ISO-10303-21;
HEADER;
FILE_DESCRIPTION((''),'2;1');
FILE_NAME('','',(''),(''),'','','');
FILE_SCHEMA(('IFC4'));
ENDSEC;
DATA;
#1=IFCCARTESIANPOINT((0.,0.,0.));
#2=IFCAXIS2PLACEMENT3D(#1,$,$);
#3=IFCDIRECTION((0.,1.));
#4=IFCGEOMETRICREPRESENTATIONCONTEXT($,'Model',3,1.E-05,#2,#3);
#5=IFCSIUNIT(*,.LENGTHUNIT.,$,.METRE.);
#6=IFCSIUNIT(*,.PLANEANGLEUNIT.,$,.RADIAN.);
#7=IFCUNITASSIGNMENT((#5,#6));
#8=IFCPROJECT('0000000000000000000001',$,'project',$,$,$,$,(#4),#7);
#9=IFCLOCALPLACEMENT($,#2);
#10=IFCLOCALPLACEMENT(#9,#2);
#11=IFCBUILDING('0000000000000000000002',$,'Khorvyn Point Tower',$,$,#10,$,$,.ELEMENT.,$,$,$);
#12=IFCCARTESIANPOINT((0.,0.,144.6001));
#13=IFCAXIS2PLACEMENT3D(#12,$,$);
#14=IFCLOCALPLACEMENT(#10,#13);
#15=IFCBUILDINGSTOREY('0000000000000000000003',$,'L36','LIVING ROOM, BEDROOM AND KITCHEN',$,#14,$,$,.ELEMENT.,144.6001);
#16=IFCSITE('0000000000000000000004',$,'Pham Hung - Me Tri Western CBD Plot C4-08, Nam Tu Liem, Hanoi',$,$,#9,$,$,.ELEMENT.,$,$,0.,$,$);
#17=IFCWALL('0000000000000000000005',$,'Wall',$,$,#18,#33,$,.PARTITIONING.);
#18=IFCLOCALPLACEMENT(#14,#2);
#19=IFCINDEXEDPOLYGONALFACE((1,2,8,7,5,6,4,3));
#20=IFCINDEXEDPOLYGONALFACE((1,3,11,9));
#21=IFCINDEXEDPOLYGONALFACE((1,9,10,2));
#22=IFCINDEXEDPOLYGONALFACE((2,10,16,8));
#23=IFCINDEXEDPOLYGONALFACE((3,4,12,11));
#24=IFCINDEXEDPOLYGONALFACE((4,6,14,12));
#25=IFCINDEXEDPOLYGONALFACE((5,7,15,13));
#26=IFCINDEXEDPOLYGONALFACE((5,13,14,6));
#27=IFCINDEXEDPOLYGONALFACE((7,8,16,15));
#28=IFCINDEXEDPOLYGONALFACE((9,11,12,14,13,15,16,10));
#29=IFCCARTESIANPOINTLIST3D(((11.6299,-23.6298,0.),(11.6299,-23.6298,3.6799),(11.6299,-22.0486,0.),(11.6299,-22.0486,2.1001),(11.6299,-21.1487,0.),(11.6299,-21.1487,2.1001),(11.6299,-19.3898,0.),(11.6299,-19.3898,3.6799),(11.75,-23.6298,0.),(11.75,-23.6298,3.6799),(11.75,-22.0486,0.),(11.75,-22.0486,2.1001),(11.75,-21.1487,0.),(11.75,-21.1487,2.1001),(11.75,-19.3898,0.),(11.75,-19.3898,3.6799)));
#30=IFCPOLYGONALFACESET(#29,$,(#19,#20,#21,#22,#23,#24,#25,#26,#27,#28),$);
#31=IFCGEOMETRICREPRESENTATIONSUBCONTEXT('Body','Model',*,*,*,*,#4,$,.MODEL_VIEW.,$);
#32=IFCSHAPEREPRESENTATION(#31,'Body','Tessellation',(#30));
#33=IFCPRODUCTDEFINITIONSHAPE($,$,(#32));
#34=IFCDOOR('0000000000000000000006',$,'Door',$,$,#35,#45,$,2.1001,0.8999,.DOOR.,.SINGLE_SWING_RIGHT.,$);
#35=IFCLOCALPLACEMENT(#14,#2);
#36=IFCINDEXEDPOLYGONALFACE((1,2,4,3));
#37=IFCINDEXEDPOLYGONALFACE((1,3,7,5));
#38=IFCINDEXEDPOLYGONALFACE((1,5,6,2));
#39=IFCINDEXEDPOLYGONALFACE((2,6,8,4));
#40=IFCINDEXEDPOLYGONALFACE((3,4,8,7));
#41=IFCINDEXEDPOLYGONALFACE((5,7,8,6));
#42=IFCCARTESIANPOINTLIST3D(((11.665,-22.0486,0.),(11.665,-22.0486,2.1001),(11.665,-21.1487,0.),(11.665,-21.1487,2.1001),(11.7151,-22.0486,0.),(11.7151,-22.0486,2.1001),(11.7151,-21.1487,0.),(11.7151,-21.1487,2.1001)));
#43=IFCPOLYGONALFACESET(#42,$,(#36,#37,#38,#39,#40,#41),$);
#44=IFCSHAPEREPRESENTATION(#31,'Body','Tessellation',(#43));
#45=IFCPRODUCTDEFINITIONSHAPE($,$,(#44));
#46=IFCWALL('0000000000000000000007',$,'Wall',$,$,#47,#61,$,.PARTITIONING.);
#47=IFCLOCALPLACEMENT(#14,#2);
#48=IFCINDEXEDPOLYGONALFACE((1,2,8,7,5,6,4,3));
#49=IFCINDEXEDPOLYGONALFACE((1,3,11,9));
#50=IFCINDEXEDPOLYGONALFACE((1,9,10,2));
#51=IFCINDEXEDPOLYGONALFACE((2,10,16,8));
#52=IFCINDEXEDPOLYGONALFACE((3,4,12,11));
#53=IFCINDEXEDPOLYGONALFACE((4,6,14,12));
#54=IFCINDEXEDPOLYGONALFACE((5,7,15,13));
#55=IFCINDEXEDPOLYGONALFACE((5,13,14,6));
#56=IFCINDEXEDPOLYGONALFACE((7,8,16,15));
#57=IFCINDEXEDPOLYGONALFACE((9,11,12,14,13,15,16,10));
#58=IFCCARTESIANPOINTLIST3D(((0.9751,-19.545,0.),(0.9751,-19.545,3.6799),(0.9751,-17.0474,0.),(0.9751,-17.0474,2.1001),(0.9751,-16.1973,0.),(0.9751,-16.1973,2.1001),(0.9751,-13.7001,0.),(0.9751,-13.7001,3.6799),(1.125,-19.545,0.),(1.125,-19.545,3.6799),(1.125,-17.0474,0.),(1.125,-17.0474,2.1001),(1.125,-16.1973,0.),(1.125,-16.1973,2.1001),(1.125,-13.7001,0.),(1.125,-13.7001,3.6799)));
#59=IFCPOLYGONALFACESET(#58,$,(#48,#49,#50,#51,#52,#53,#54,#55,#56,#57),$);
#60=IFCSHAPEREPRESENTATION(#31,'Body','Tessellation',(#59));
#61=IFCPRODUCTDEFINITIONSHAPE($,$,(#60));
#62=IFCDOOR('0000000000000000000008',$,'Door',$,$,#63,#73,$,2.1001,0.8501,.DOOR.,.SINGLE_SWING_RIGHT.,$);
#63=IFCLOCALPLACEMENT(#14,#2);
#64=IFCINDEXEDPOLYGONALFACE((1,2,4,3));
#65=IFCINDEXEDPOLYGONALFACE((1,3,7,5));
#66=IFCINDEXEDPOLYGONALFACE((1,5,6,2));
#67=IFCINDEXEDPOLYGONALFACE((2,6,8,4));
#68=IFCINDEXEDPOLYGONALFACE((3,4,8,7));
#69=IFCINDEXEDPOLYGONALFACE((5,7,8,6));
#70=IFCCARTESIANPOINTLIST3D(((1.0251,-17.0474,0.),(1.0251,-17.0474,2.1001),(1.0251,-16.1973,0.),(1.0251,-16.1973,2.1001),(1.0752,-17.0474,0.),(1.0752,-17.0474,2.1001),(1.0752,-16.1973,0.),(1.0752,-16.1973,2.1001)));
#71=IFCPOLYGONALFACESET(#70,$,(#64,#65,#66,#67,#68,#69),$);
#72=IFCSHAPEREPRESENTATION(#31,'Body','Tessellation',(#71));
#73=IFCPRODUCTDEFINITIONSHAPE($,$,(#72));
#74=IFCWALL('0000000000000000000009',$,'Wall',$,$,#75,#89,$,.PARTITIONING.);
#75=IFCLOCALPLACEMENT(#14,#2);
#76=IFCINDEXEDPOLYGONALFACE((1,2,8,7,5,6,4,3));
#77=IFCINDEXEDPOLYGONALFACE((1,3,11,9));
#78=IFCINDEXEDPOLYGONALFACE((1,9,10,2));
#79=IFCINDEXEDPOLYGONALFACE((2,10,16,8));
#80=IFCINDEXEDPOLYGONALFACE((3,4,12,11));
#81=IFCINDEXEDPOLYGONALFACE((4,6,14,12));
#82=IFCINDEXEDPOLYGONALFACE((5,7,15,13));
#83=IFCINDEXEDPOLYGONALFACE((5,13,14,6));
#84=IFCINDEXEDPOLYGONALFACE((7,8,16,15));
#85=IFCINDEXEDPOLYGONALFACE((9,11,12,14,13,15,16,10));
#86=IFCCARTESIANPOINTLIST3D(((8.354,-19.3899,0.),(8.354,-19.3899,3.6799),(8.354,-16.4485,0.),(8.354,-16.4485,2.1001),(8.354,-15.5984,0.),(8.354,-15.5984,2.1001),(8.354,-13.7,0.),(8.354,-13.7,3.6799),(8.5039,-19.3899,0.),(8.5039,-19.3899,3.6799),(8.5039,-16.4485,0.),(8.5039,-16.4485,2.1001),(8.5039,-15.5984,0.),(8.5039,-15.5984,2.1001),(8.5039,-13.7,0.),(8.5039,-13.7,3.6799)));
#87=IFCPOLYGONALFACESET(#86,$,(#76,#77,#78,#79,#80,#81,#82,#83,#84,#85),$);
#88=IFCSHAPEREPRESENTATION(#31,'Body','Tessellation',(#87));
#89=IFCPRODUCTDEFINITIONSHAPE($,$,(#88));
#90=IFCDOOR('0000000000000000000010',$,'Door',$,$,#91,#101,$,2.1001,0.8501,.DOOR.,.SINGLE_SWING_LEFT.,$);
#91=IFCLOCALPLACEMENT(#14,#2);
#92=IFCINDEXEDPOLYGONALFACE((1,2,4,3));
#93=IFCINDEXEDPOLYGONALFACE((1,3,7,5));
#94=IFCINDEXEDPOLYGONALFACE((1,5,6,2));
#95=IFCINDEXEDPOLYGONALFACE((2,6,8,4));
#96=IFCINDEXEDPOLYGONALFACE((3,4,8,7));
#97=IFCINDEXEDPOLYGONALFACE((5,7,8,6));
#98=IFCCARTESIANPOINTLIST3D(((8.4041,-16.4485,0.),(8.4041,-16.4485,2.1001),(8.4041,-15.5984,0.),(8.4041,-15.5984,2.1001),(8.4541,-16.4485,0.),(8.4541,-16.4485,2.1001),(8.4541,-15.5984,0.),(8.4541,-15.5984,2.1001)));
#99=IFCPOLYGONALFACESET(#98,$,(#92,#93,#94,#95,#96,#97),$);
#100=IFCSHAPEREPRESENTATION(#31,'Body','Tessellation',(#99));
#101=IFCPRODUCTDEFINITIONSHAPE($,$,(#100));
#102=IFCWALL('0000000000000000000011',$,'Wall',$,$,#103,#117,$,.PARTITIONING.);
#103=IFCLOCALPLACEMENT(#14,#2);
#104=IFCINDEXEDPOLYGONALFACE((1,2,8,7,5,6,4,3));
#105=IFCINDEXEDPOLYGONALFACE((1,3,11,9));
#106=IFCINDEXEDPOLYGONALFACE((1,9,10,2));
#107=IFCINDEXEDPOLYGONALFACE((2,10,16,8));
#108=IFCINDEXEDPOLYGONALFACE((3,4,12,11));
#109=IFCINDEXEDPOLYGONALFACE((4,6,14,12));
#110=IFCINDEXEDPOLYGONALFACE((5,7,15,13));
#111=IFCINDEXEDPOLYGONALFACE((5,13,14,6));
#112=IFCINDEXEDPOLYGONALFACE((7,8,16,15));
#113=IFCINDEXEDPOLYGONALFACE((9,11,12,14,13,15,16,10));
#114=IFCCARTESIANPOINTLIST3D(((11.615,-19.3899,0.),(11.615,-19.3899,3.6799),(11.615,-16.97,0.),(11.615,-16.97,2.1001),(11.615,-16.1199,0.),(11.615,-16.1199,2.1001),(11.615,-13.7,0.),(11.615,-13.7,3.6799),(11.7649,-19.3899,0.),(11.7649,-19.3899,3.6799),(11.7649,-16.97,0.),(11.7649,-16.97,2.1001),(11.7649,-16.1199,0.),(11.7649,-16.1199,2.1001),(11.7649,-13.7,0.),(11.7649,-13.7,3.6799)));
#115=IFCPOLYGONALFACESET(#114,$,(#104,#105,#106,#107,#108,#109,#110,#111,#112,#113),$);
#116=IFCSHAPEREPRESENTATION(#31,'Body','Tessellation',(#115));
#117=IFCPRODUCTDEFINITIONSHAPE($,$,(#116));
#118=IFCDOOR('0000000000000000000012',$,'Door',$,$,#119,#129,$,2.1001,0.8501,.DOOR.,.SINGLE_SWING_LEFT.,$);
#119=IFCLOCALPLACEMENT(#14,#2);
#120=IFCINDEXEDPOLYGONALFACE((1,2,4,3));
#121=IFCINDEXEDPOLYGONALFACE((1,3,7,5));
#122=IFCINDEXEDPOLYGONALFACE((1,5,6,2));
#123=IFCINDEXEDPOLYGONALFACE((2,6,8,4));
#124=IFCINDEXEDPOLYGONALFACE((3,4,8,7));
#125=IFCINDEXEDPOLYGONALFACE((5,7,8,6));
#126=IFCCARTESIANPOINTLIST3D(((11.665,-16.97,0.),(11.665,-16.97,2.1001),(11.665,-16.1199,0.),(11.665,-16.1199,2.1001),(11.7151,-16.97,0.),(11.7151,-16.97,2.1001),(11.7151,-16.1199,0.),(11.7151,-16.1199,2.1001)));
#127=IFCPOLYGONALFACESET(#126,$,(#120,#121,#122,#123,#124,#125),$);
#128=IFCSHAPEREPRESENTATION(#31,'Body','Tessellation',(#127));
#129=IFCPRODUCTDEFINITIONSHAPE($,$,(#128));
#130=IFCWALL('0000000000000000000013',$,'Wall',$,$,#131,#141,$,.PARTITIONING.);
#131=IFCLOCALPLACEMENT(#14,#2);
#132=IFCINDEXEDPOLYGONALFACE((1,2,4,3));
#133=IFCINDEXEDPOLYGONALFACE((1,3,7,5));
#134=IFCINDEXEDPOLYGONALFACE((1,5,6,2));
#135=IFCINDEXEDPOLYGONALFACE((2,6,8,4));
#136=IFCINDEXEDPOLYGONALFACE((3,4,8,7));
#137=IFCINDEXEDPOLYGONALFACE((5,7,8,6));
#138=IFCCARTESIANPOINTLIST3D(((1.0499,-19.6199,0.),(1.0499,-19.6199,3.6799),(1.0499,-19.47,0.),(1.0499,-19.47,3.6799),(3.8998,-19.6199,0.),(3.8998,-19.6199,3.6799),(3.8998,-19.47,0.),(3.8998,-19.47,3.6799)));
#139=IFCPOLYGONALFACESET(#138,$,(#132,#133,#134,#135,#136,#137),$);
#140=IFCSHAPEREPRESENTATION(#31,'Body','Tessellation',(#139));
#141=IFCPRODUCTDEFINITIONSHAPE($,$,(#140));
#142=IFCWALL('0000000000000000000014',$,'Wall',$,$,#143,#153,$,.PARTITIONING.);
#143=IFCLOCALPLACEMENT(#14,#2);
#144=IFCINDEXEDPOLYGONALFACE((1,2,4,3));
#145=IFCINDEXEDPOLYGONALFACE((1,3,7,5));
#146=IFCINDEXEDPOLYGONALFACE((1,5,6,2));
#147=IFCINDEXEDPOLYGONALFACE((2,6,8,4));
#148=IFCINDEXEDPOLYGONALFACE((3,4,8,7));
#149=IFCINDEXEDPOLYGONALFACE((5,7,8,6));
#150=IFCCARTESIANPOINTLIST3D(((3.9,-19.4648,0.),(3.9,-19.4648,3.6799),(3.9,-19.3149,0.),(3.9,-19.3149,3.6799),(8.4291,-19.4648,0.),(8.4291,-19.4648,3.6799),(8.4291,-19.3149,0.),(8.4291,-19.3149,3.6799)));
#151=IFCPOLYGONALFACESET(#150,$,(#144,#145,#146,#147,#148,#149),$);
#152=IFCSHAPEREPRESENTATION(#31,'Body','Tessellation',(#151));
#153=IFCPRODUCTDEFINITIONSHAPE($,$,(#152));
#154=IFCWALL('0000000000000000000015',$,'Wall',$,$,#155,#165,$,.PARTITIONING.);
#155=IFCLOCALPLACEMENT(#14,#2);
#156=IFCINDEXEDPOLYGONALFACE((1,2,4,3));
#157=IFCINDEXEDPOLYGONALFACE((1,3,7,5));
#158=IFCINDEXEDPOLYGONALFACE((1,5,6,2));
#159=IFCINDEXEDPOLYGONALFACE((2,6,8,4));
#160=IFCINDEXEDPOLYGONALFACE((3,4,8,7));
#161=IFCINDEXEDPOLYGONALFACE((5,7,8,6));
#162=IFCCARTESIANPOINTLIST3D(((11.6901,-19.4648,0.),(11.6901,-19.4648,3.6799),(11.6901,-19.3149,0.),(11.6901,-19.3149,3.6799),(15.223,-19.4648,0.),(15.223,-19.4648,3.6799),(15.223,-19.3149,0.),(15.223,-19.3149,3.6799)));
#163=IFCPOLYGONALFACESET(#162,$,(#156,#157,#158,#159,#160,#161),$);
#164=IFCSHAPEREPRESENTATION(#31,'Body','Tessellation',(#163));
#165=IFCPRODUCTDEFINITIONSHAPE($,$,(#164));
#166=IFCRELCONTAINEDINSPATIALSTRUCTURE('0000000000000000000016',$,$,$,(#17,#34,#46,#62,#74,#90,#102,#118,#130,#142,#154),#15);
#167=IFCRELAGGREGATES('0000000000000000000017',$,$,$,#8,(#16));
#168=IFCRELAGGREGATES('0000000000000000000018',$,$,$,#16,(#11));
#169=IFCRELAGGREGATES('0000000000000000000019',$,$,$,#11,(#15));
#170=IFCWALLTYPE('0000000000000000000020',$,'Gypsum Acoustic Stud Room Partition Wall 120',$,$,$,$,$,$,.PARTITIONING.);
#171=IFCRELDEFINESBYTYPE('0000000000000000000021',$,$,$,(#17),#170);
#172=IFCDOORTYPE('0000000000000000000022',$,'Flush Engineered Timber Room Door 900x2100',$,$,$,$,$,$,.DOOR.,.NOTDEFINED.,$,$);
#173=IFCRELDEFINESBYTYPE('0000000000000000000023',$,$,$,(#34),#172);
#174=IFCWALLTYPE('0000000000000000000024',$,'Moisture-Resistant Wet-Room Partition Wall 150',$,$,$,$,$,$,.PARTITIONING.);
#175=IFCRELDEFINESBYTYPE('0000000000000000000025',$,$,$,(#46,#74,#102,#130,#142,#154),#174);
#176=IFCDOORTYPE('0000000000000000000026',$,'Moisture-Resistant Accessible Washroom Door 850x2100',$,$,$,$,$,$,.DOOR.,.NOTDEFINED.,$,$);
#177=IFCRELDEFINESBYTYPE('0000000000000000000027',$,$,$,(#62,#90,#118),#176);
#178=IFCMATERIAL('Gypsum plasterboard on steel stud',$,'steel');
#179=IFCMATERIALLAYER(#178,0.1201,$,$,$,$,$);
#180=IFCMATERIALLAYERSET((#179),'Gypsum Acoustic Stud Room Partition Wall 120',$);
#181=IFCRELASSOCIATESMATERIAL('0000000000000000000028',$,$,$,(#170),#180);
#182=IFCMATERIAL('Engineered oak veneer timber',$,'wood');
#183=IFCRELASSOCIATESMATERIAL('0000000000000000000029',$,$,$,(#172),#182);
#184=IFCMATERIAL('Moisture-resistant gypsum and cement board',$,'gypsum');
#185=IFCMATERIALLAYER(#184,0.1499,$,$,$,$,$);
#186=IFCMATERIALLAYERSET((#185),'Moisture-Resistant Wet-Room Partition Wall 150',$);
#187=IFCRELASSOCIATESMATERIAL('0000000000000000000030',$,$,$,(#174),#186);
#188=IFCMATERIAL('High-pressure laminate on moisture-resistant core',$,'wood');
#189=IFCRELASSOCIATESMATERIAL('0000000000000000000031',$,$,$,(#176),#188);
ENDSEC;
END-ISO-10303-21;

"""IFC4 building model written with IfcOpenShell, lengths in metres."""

from ifc_helpers import new_model, si_unit, direction, frame, frame_2d, origin, place, context, subcontext, project, spatial, rectangle, extrude, material, layer, layer_set, type_object, element, fill, save


model = new_model("IFC4")

# Units and contexts
model_context = context("Model", 3, precision=1e-05, world=origin(), true_north=direction((0.0, 1.0)))
body_context = subcontext(model_context, "Body", "Model", "MODEL_VIEW")
ifc_project = project(units=[si_unit("LENGTHUNIT", "METRE"), si_unit("PLANEANGLEUNIT", "RADIAN")], contexts=[model_context])

# Site, building, storey
site_placement = place(None, origin())
site = spatial("IfcSite", under=ifc_project, at=site_placement, Name="Pham Hung - Me Tri Western CBD Plot C4-08, Nam Tu Liem, Hanoi", CompositionType="ELEMENT", RefElevation=0.0)
building_placement = place(site_placement, origin())
building = spatial("IfcBuilding", under=site, at=building_placement, Name="Khorvyn Point Tower", CompositionType="ELEMENT")
storey_placement = place(building_placement, frame((0.0, 0.0, 144.6001)))
storey = spatial("IfcBuildingStorey", under=building, at=storey_placement, Name="L36", Description="LIVING ROOM, BEDROOM AND KITCHEN", CompositionType="ELEMENT", Elevation=144.6001)

# Walls, openings, doors
ifc_material_1 = material(Name="Gypsum plasterboard on steel stud", Category="steel")
ifc_layer_1 = layer(ifc_material_1, 0.1201)
ifc_layer_set_1 = layer_set([ifc_layer_1], Name="Gypsum Acoustic Stud Room Partition Wall 120")
wall_type_1 = type_object("IfcWallType", Name="Gypsum Acoustic Stud Room Partition Wall 120", PredefinedType="PARTITIONING", material=ifc_layer_set_1)
ifc_material_2 = material(Name="Engineered oak veneer timber", Category="wood")
door_type_1 = type_object("IfcDoorType", Name="Flush Engineered Timber Room Door 900x2100", OperationType="NOTDEFINED", PredefinedType="DOOR", material=ifc_material_2)
wall_1_placement = place(storey_placement, frame((11.6899, -23.6299, 0.0), z_axis=(0.0, 0.0, 1.0), x_axis=(0.0, 1.0, 0.0)))
wall_1 = element("IfcWall", 1, at=wall_1_placement, inside=storey, type_object=wall_type_1, Name="Wall", PredefinedType="PARTITIONING", context=body_context, shape_type="SweptSolid", body=[
    extrude(rectangle(XDim=4.24, YDim=0.1201, at=frame_2d((2.1201, 0.0))), origin(), (0.0, 0.0, 1.0), 3.6799),
])
opening_1_placement = place(wall_1_placement, frame((1.5813, 0.0, 0.0)))
opening_1 = element("IfcOpeningElement", 2, at=opening_1_placement, cuts=wall_1, PredefinedType="OPENING", context=body_context, shape_type="SweptSolid", body=[
    extrude(rectangle(XDim=0.8999, YDim=2.1001, at=frame_2d((0.45, 1.05))), frame((0.0, 0.0701, 0.0), z_axis=(0.0, -1.0, 0.0), x_axis=(1.0, 0.0, 0.0)), (0.0, 0.0, 1.0), 0.1401),
])
door_1_placement = place(opening_1_placement, origin())
door_1 = element("IfcDoor", 3, at=door_1_placement, inside=storey, type_object=door_type_1, Name="Door", OperationType="SINGLE_SWING_RIGHT", OverallHeight=2.1001, OverallWidth=0.8999, PredefinedType="DOOR", context=body_context, shape_type="SweptSolid", body=[
    extrude(rectangle(XDim=0.8999, YDim=2.1001, at=frame_2d((0.45, 1.05))), frame((0.0, 0.0249, 0.0), z_axis=(0.0, -1.0, 0.0), x_axis=(1.0, 0.0, 0.0)), (0.0, 0.0, 1.0), 0.05),
])
fill(opening_1, door_1)
ifc_material_3 = material(Name="Moisture-resistant gypsum and cement board", Category="gypsum")
ifc_layer_2 = layer(ifc_material_3, 0.1499)
ifc_layer_set_2 = layer_set([ifc_layer_2], Name="Moisture-Resistant Wet-Room Partition Wall 150")
wall_type_2 = type_object("IfcWallType", Name="Moisture-Resistant Wet-Room Partition Wall 150", PredefinedType="PARTITIONING", material=ifc_layer_set_2)
wall_2_placement = place(storey_placement, frame((1.05, -19.5449, 0.0), z_axis=(0.0, 0.0, 1.0), x_axis=(0.0, 1.0, 0.0)))
wall_2 = element("IfcWall", 4, at=wall_2_placement, inside=storey, type_object=wall_type_2, Name="Wall", PredefinedType="PARTITIONING", context=body_context, shape_type="SweptSolid", body=[
    extrude(rectangle(XDim=5.845, YDim=0.1499, at=frame_2d((2.9224, 0.0))), origin(), (0.0, 0.0, 1.0), 3.6799),
])
opening_2_placement = place(wall_2_placement, frame((2.4976, 0.0, 0.0)))
opening_2 = element("IfcOpeningElement", 5, at=opening_2_placement, cuts=wall_2, PredefinedType="OPENING", context=body_context, shape_type="SweptSolid", body=[
    extrude(rectangle(XDim=0.8501, YDim=2.1001, at=frame_2d((0.425, 1.05))), frame((0.0, 0.085, 0.0), z_axis=(0.0, -1.0, 0.0), x_axis=(1.0, 0.0, 0.0)), (0.0, 0.0, 1.0), 0.1699),
])
ifc_material_4 = material(Name="High-pressure laminate on moisture-resistant core", Category="wood")
door_type_2 = type_object("IfcDoorType", Name="Moisture-Resistant Accessible Washroom Door 850x2100", OperationType="NOTDEFINED", PredefinedType="DOOR", material=ifc_material_4)
door_2_placement = place(opening_2_placement, origin())
door_2 = element("IfcDoor", 6, at=door_2_placement, inside=storey, type_object=door_type_2, Name="Door", OperationType="SINGLE_SWING_RIGHT", OverallHeight=2.1001, OverallWidth=0.8501, PredefinedType="DOOR", context=body_context, shape_type="SweptSolid", body=[
    extrude(rectangle(XDim=0.8501, YDim=2.1001, at=frame_2d((0.425, 1.05))), frame((0.0, 0.0249, 0.0), z_axis=(0.0, -1.0, 0.0), x_axis=(1.0, 0.0, 0.0)), (0.0, 0.0, 1.0), 0.05),
])
fill(opening_2, door_2)
wall_3_placement = place(storey_placement, frame((8.429, -19.3899, 0.0), z_axis=(0.0, 0.0, 1.0), x_axis=(0.0, 1.0, 0.0)))
wall_3 = element("IfcWall", 7, at=wall_3_placement, inside=storey, type_object=wall_type_2, Name="Wall", PredefinedType="PARTITIONING", context=body_context, shape_type="SweptSolid", body=[
    extrude(rectangle(XDim=5.6899, YDim=0.1499, at=frame_2d((2.845, 0.0))), origin(), (0.0, 0.0, 1.0), 3.6799),
])
opening_3_placement = place(wall_3_placement, frame((2.9414, 0.0, 0.0)))
opening_3 = element("IfcOpeningElement", 8, at=opening_3_placement, cuts=wall_3, PredefinedType="OPENING", context=body_context, shape_type="SweptSolid", body=[
    extrude(rectangle(XDim=0.8501, YDim=2.1001, at=frame_2d((0.425, 1.05))), frame((0.0, 0.085, 0.0), z_axis=(0.0, -1.0, 0.0), x_axis=(1.0, 0.0, 0.0)), (0.0, 0.0, 1.0), 0.1699),
])
door_3_placement = place(opening_3_placement, origin())
door_3 = element("IfcDoor", 9, at=door_3_placement, inside=storey, type_object=door_type_2, Name="Door", OperationType="SINGLE_SWING_LEFT", OverallHeight=2.1001, OverallWidth=0.8501, PredefinedType="DOOR", context=body_context, shape_type="SweptSolid", body=[
    extrude(rectangle(XDim=0.8501, YDim=2.1001, at=frame_2d((0.425, 1.05))), frame((0.0, 0.0249, 0.0), z_axis=(0.0, -1.0, 0.0), x_axis=(1.0, 0.0, 0.0)), (0.0, 0.0, 1.0), 0.05),
])
fill(opening_3, door_3)
wall_4_placement = place(storey_placement, frame((11.6899, -19.3899, 0.0), z_axis=(0.0, 0.0, 1.0), x_axis=(0.0, 1.0, 0.0)))
wall_4 = element("IfcWall", 10, at=wall_4_placement, inside=storey, type_object=wall_type_2, Name="Wall", PredefinedType="PARTITIONING", context=body_context, shape_type="SweptSolid", body=[
    extrude(rectangle(XDim=5.6899, YDim=0.1499, at=frame_2d((2.845, 0.0))), origin(), (0.0, 0.0, 1.0), 3.6799),
])
opening_4_placement = place(wall_4_placement, frame((2.4199, 0.0, 0.0)))
opening_4 = element("IfcOpeningElement", 11, at=opening_4_placement, cuts=wall_4, PredefinedType="OPENING", context=body_context, shape_type="SweptSolid", body=[
    extrude(rectangle(XDim=0.8501, YDim=2.1001, at=frame_2d((0.425, 1.05))), frame((0.0, 0.085, 0.0), z_axis=(0.0, -1.0, 0.0), x_axis=(1.0, 0.0, 0.0)), (0.0, 0.0, 1.0), 0.1699),
])
door_4_placement = place(opening_4_placement, origin())
door_4 = element("IfcDoor", 12, at=door_4_placement, inside=storey, type_object=door_type_2, Name="Door", OperationType="SINGLE_SWING_LEFT", OverallHeight=2.1001, OverallWidth=0.8501, PredefinedType="DOOR", context=body_context, shape_type="SweptSolid", body=[
    extrude(rectangle(XDim=0.8501, YDim=2.1001, at=frame_2d((0.425, 1.05))), frame((0.0, 0.0249, 0.0), z_axis=(0.0, -1.0, 0.0), x_axis=(1.0, 0.0, 0.0)), (0.0, 0.0, 1.0), 0.05),
])
fill(opening_4, door_4)

# Walls
wall_5_placement = place(storey_placement, frame((1.05, -19.5449, 0.0), z_axis=(0.0, 0.0, 1.0), x_axis=(1.0, 0.0, 0.0)))
element("IfcWall", 13, at=wall_5_placement, inside=storey, type_object=wall_type_2, Name="Wall", PredefinedType="PARTITIONING", context=body_context, shape_type="SweptSolid", body=[
    extrude(rectangle(XDim=2.8499, YDim=0.1499, at=frame_2d((1.4248, 0.0))), origin(), (0.0, 0.0, 1.0), 3.6799),
])
wall_6_placement = place(storey_placement, frame((3.8999, -19.3899, 0.0), z_axis=(0.0, 0.0, 1.0), x_axis=(1.0, 0.0, 0.0)))
element("IfcWall", 14, at=wall_6_placement, inside=storey, type_object=wall_type_2, Name="Wall", PredefinedType="PARTITIONING", context=body_context, shape_type="SweptSolid", body=[
    extrude(rectangle(XDim=4.5291, YDim=0.1499, at=frame_2d((2.2646, 0.0))), origin(), (0.0, 0.0, 1.0), 3.6799),
])
wall_7_placement = place(storey_placement, frame((11.6899, -19.3899, 0.0), z_axis=(0.0, 0.0, 1.0), x_axis=(1.0, 0.0, 0.0)))
element("IfcWall", 15, at=wall_7_placement, inside=storey, type_object=wall_type_2, Name="Wall", PredefinedType="PARTITIONING", context=body_context, shape_type="SweptSolid", body=[
    extrude(rectangle(XDim=3.533, YDim=0.1499, at=frame_2d((1.7666, 0.0))), origin(), (0.0, 0.0, 1.0), 3.6799),
])

save(model, "model.ifc")
